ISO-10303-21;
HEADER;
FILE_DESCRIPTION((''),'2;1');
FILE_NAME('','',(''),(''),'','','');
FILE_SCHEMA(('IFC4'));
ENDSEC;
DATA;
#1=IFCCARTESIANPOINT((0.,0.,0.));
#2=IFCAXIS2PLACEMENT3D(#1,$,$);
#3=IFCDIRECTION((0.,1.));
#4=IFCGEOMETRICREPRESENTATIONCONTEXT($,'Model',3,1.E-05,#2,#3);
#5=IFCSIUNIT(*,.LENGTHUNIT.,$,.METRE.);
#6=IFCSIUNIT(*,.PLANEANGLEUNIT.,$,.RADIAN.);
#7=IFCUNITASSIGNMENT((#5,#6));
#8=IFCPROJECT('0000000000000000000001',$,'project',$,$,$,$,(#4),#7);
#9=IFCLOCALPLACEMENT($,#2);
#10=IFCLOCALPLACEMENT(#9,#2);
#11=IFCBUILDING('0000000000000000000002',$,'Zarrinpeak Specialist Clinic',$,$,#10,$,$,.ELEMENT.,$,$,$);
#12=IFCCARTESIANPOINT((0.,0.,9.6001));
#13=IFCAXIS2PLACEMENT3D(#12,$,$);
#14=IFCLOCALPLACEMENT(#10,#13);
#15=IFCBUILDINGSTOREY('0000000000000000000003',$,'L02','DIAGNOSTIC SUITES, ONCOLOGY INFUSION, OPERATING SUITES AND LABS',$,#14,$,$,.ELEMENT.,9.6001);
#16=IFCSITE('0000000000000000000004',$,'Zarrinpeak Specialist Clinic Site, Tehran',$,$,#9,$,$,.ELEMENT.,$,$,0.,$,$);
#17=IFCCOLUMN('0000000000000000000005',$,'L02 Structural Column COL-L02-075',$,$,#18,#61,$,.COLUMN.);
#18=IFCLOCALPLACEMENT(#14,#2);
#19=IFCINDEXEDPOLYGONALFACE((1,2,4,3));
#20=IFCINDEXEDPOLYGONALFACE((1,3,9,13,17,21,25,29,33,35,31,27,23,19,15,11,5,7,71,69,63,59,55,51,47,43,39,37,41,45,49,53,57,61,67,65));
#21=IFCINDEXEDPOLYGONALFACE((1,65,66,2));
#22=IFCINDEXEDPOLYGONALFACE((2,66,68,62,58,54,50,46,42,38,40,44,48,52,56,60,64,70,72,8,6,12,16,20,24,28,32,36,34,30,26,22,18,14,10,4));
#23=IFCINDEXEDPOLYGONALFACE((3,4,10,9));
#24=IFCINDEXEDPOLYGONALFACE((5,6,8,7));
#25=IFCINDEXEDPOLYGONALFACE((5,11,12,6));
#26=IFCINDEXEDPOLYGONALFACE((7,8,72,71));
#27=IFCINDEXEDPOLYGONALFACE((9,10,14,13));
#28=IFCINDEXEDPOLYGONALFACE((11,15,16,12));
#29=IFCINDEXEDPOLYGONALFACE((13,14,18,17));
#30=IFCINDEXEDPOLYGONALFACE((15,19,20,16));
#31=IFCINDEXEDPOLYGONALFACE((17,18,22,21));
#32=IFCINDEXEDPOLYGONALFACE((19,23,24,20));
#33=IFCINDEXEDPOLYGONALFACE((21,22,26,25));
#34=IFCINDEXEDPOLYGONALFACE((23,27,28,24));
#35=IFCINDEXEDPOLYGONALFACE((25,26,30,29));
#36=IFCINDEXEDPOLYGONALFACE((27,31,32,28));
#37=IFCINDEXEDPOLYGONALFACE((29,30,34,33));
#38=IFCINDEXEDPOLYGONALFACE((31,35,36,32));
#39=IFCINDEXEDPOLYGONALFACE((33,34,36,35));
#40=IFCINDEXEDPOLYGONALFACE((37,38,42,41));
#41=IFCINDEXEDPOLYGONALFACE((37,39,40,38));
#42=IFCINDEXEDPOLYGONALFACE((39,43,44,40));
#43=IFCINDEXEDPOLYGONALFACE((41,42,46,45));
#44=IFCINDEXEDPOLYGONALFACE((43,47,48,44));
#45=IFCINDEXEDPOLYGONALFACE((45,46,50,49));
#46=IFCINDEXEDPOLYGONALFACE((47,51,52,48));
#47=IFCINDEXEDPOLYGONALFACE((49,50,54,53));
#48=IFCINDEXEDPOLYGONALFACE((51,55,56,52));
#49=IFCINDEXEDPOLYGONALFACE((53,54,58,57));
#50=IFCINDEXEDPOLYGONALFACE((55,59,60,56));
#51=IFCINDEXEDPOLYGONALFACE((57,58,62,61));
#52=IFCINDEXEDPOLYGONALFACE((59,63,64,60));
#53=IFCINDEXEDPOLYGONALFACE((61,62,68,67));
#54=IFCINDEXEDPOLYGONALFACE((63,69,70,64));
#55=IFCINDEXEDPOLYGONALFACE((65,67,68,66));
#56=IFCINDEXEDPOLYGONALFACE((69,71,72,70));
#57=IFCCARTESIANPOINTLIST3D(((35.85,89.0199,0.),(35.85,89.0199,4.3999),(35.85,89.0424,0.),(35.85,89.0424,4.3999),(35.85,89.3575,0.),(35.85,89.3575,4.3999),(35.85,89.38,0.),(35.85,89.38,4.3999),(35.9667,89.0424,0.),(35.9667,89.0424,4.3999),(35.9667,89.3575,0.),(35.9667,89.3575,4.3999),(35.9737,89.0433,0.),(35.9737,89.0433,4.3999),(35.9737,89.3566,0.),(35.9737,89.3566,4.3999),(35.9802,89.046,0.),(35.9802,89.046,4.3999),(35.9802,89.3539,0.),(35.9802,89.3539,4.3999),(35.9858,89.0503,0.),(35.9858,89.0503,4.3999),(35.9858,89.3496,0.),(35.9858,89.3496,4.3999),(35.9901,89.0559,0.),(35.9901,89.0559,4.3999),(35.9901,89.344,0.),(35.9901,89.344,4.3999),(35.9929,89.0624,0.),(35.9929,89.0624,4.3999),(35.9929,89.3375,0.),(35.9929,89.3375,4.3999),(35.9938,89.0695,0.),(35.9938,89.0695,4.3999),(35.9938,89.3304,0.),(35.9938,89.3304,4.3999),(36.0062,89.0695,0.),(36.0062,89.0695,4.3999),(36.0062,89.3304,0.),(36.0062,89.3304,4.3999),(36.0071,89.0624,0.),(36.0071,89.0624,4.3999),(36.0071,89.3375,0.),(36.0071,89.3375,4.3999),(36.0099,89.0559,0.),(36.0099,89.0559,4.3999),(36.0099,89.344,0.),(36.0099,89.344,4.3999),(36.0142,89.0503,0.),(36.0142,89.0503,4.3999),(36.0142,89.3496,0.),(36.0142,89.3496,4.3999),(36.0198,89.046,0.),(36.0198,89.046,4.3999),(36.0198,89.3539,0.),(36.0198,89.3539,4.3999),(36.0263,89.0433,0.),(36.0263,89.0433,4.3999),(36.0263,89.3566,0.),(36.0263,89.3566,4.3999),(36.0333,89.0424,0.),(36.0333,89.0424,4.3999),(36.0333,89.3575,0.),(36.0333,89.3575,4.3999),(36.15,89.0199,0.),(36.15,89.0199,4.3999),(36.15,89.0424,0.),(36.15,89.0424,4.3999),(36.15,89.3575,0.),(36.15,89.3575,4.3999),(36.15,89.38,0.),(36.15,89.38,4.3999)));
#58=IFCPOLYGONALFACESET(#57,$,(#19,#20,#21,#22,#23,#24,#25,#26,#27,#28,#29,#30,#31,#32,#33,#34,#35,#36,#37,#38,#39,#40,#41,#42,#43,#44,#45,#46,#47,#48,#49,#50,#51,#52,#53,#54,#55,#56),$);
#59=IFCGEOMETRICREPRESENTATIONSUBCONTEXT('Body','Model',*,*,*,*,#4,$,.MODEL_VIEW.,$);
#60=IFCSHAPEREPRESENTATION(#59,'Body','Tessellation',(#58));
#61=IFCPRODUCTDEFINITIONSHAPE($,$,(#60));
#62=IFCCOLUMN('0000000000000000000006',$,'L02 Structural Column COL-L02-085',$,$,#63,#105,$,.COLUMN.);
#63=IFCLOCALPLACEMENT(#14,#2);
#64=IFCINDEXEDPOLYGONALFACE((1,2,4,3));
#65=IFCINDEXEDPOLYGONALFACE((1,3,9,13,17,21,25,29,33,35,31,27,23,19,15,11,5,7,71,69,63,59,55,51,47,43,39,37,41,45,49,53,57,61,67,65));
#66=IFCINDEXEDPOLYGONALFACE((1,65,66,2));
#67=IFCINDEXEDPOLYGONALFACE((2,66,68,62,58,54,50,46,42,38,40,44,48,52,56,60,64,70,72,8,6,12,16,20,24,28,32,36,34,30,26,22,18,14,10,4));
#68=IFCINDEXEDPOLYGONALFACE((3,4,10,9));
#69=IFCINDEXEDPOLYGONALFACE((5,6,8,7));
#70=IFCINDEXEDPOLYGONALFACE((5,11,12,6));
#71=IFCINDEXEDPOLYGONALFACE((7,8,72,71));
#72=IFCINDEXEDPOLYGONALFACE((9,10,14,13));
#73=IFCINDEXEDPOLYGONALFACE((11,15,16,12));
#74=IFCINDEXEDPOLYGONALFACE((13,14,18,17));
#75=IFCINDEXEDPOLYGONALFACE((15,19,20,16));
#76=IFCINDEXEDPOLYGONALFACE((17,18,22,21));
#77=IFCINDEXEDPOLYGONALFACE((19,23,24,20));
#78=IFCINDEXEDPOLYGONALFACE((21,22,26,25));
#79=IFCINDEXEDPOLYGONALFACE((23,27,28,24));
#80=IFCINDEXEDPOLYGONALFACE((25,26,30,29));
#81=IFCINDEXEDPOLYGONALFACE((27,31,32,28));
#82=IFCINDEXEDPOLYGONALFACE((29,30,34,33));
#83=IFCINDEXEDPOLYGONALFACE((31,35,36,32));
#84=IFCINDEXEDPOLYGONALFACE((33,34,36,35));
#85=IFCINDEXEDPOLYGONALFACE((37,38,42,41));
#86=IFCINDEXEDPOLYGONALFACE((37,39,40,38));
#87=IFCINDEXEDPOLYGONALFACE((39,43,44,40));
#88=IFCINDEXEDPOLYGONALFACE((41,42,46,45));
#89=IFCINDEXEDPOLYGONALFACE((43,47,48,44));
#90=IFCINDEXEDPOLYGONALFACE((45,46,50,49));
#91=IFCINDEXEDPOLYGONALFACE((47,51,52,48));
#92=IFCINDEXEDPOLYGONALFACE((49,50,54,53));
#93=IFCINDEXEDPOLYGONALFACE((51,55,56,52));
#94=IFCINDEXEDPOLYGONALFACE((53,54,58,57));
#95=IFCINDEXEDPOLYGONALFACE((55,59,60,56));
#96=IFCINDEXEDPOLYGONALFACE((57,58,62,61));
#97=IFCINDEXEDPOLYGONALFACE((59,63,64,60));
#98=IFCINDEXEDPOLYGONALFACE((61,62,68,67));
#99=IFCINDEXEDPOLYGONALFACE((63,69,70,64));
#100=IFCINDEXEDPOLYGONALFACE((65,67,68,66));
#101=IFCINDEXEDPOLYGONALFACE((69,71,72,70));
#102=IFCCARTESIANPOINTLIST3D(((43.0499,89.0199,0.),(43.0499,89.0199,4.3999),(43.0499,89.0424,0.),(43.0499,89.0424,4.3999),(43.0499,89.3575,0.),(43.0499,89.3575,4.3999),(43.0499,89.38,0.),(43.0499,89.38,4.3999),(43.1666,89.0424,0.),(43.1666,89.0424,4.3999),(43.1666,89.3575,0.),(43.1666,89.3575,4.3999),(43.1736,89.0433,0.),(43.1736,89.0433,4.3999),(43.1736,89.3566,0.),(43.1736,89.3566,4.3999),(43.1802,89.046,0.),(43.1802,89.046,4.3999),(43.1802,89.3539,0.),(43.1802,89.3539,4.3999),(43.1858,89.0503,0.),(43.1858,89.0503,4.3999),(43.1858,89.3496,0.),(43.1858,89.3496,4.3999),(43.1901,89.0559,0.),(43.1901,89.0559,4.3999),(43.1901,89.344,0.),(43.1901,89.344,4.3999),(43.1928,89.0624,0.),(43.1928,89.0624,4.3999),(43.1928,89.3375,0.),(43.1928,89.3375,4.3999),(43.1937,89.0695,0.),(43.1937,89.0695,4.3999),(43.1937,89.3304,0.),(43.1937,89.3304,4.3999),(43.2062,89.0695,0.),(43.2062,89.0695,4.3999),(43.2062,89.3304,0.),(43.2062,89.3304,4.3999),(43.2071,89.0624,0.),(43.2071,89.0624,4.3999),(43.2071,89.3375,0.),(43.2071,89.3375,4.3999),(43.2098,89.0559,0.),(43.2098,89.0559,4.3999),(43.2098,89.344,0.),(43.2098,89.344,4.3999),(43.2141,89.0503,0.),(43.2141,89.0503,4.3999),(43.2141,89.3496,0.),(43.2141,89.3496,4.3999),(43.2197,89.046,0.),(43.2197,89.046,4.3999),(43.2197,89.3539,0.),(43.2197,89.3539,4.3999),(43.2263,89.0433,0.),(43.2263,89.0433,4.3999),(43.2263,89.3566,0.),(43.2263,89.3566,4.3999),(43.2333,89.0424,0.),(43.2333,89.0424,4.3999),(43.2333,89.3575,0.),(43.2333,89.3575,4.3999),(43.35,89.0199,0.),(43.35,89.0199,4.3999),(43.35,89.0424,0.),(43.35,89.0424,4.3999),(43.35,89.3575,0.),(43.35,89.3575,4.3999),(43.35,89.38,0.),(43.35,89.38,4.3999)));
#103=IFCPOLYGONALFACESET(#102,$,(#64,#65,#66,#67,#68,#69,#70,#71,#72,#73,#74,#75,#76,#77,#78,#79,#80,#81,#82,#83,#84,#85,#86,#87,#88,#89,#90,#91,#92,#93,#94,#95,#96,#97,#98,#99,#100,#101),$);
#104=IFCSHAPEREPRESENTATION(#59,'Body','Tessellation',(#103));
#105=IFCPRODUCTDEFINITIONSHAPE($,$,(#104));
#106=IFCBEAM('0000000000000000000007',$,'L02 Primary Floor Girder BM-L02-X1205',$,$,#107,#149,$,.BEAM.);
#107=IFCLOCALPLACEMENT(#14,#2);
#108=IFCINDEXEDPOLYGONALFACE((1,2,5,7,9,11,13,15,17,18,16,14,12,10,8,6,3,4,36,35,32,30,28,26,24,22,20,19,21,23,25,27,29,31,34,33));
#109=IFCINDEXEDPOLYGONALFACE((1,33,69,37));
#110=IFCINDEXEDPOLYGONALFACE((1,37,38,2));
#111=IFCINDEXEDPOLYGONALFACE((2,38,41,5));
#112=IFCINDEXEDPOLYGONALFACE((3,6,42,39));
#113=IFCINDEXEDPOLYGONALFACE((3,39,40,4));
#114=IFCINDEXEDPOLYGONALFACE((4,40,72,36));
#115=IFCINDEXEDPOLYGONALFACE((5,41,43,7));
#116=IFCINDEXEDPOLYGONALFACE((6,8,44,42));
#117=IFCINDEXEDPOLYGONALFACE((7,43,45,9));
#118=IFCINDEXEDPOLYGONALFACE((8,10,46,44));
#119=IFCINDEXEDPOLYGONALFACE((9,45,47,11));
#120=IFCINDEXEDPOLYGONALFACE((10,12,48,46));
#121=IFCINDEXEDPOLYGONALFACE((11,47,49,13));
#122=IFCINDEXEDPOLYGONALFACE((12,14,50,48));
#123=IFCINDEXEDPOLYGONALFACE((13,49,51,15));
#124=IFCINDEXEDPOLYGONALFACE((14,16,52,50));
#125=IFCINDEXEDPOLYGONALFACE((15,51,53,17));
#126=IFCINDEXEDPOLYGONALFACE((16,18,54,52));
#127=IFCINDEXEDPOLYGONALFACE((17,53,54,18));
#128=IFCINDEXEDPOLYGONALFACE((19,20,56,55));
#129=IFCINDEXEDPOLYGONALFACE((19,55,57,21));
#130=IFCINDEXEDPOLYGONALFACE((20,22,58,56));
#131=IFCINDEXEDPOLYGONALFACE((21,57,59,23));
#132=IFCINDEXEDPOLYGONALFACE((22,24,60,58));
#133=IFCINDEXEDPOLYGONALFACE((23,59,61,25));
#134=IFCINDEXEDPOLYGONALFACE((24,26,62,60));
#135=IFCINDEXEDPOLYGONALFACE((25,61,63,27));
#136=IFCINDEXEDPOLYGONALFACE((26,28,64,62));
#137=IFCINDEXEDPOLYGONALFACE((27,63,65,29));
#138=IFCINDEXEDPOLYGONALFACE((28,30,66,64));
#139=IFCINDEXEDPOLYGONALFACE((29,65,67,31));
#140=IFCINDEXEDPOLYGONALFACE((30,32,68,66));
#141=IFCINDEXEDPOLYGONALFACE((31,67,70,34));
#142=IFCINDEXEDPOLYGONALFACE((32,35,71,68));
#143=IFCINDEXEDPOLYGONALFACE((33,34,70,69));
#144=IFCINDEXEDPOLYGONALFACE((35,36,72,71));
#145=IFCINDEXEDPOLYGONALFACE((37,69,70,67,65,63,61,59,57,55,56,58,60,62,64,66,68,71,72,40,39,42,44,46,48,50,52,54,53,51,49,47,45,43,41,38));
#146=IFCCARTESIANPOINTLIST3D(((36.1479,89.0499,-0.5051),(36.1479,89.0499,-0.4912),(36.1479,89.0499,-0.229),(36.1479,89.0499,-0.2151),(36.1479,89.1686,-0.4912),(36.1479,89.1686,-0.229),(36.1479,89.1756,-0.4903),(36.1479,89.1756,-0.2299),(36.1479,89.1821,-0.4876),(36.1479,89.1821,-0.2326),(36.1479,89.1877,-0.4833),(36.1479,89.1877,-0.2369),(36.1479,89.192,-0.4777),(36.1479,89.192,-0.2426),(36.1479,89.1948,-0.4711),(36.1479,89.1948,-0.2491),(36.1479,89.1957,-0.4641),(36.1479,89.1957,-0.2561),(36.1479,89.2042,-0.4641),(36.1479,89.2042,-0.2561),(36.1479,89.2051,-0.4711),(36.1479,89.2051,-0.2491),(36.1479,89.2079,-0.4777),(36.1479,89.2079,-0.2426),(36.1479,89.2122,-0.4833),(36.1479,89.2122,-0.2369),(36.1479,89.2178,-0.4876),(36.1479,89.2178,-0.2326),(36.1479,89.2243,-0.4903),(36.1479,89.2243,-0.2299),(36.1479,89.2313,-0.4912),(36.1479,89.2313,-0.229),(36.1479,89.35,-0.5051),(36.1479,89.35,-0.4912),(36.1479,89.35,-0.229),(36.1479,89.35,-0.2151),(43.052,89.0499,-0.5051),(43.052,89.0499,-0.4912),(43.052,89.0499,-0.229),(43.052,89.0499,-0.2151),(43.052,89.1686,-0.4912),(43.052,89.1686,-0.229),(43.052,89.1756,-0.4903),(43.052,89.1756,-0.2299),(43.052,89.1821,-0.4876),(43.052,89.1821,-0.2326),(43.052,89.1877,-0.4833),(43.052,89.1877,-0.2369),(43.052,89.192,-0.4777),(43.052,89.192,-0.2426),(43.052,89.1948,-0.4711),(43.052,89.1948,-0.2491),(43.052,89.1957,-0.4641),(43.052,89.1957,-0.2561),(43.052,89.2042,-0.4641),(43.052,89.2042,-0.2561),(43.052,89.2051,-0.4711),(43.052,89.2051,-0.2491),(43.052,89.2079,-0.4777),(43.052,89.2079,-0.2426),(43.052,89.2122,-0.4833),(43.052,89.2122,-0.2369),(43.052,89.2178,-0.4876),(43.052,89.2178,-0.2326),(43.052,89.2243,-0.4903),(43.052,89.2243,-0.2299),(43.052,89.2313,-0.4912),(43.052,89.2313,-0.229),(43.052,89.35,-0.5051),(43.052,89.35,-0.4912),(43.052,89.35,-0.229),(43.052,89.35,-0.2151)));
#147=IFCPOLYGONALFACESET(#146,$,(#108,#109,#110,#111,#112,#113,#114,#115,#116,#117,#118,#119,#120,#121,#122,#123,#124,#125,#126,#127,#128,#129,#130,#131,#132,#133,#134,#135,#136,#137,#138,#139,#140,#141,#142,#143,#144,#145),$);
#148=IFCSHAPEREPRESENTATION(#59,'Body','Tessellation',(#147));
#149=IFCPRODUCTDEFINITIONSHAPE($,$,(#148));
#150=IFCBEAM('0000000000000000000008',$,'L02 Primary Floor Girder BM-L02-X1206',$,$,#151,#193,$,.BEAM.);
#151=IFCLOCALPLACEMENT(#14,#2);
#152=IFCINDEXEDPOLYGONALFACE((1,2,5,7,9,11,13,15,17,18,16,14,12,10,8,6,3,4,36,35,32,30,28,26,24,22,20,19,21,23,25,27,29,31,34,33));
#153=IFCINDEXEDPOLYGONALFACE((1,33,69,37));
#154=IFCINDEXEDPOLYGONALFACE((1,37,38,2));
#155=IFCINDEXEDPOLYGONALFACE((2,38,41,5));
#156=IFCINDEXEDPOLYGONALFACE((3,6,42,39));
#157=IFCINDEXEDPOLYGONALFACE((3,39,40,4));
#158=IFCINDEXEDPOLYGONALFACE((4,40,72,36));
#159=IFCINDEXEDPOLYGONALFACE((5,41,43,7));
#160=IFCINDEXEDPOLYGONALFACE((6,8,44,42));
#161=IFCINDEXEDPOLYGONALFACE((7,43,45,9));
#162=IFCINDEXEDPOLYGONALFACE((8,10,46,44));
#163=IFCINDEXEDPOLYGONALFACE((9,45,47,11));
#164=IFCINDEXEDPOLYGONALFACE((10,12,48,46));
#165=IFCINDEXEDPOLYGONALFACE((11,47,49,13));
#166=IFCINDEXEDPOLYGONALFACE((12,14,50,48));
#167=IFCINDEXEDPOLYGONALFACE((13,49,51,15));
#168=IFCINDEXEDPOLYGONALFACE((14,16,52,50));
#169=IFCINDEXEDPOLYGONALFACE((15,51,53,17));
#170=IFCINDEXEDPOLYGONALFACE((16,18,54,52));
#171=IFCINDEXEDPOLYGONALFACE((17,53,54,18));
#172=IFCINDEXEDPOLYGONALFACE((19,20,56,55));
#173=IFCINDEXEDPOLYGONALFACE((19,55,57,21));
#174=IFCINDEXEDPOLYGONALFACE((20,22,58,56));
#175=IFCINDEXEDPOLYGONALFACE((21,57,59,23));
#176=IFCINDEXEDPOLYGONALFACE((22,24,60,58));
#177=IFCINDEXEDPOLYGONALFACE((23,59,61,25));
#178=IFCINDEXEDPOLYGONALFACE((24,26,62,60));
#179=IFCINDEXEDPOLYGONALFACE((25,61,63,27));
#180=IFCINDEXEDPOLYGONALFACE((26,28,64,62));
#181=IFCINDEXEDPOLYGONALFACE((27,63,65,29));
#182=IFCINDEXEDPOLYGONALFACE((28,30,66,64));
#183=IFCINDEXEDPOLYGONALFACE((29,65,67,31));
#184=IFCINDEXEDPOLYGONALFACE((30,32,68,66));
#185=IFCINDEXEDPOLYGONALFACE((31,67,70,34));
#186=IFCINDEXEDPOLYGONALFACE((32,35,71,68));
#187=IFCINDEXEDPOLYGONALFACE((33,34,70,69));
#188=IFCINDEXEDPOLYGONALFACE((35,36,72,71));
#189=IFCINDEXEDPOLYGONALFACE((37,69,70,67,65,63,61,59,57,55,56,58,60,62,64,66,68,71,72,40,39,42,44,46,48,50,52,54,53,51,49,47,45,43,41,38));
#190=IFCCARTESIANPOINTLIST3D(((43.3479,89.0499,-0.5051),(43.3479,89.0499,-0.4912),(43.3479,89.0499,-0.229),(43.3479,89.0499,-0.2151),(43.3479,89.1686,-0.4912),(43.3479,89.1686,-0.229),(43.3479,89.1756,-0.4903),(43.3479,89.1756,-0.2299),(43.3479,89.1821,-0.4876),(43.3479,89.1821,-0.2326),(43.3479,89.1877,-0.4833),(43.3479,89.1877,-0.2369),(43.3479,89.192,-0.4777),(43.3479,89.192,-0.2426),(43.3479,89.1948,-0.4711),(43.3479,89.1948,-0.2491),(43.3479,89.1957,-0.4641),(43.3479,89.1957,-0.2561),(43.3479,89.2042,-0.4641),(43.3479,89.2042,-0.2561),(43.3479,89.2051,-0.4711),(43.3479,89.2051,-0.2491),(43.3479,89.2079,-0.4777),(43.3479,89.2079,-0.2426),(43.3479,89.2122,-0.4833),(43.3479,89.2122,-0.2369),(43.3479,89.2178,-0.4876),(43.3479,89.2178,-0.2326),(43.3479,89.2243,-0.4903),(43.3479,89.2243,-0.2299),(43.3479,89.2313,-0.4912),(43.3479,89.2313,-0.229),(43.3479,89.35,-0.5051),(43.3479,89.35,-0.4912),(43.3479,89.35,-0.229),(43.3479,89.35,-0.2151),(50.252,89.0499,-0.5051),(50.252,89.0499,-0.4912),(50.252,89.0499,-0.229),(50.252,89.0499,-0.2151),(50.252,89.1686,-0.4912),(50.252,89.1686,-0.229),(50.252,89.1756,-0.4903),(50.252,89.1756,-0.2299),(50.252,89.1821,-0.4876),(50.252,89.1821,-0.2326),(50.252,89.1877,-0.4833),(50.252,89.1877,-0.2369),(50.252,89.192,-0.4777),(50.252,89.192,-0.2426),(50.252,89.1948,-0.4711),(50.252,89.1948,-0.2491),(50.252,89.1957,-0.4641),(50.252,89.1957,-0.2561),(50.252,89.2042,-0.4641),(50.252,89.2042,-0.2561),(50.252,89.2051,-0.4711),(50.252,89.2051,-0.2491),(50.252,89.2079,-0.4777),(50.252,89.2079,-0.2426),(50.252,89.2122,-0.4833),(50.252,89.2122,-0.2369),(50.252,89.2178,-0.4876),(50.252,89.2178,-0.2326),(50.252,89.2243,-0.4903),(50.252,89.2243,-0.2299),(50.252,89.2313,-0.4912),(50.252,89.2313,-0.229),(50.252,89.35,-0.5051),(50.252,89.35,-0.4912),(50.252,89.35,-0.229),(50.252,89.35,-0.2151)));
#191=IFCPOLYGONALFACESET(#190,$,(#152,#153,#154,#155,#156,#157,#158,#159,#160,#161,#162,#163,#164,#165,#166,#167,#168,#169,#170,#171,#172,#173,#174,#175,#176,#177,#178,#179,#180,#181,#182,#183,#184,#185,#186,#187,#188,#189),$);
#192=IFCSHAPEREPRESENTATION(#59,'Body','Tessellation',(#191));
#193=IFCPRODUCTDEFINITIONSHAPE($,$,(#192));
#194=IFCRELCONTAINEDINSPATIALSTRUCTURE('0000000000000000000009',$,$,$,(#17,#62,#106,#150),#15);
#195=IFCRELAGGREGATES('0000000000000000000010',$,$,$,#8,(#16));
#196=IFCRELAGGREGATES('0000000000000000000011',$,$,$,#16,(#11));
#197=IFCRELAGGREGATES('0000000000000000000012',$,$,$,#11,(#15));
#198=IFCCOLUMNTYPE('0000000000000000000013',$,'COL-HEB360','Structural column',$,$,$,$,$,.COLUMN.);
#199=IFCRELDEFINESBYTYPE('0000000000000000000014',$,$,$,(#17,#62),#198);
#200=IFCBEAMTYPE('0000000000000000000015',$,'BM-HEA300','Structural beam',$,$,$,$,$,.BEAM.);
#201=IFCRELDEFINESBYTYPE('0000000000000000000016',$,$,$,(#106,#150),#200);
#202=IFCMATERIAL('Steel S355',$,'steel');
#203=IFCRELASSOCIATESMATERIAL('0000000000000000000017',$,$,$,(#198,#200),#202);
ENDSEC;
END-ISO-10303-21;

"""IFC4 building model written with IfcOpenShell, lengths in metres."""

from ifc_helpers import new_model, si_unit, direction, frame, origin, origin_2d, place, context, subcontext, project, spatial, i_section, extrude, material, material_profile, profile_set, type_object, element, save


model = new_model("IFC4")

# Units and contexts
model_context = context("Model", 3, precision=1e-05, world=origin(), true_north=direction((0.0, 1.0)))
body_context = subcontext(model_context, "Body", "Model", "MODEL_VIEW")
ifc_project = project(units=[si_unit("LENGTHUNIT", "METRE"), si_unit("PLANEANGLEUNIT", "RADIAN")], contexts=[model_context])

# Site, building, storey
site_placement = place(None, origin())
site = spatial("IfcSite", under=ifc_project, at=site_placement, Name="Zarrinpeak Specialist Clinic Site, Tehran", CompositionType="ELEMENT", RefElevation=0.0)
building_placement = place(site_placement, origin())
building = spatial("IfcBuilding", under=site, at=building_placement, Name="Zarrinpeak Specialist Clinic", CompositionType="ELEMENT")
storey_placement = place(building_placement, frame((0.0, 0.0, 9.6001)))
storey = spatial("IfcBuildingStorey", under=building, at=storey_placement, Name="L02", Description="DIAGNOSTIC SUITES, ONCOLOGY INFUSION, OPERATING SUITES AND LABS", CompositionType="ELEMENT", Elevation=9.6001)

# Columns
ifc_material_1 = material(Name="Steel S355", Category="steel")
ifc_material_profile_1 = material_profile(ifc_material_1, i_section(OverallWidth=0.3, OverallDepth=0.3601, WebThickness=0.0125, FlangeThickness=0.0225, FilletRadius=0.0271, at=origin_2d()), Name="HEB 360")
ifc_profile_set_1 = profile_set([ifc_material_profile_1], Name="Steel S355")
column_type = type_object("IfcColumnType", Name="COL-HEB360", Description="Structural column", PredefinedType="COLUMN", material=ifc_profile_set_1)
for number, where, z_axis, x_axis, name in (
    (1, (36.0, 89.2, 0.0), (0.0, 0.0, 1.0), (1.0, 0.0, 0.0), "L02 Structural Column COL-L02-075"),
    (2, (43.2, 89.2, 0.0), (0.0, 0.0, 1.0), (1.0, 0.0, 0.0), "L02 Structural Column COL-L02-085"),
):
    element("IfcColumn", number, at=place(storey_placement, frame(where, z_axis=z_axis, x_axis=x_axis)), inside=storey, type_object=column_type, Name=name, PredefinedType="COLUMN", context=body_context, shape_type="SweptSolid", body=[
        extrude(i_section(OverallWidth=0.3, OverallDepth=0.3601, WebThickness=0.0125, FlangeThickness=0.0225, FilletRadius=0.0271, at=origin_2d()), origin(), (0.0, 0.0, 1.0), 4.3999),
    ])

# Beams
ifc_material_profile_2 = material_profile(ifc_material_1, i_section(OverallWidth=0.3, OverallDepth=0.29, WebThickness=0.0085, FlangeThickness=0.0139, FilletRadius=0.0271, at=origin_2d()), Name="HEA 300")
ifc_profile_set_2 = profile_set([ifc_material_profile_2], Name="Steel S355")
beam_type_1 = type_object("IfcBeamType", Name="BM-HEA300", Description="Structural beam", PredefinedType="BEAM", material=ifc_profile_set_2)
for number, where, z_axis, x_axis, name in (
    (3, (36.1479, 89.2, -0.3601), (1.0, 0.0, 0.0), (0.0, 1.0, 0.0), "L02 Primary Floor Girder BM-L02-X1205"),
    (4, (43.3479, 89.2, -0.3601), (1.0, 0.0, 0.0), (0.0, 1.0, 0.0), "L02 Primary Floor Girder BM-L02-X1206"),
):
    element("IfcBeam", number, at=place(storey_placement, frame(where, z_axis=z_axis, x_axis=x_axis)), inside=storey, type_object=beam_type_1, Name=name, PredefinedType="BEAM", context=body_context, shape_type="SweptSolid", body=[
        extrude(i_section(OverallWidth=0.3, OverallDepth=0.29, WebThickness=0.0085, FlangeThickness=0.0139, FilletRadius=0.0271, at=origin_2d()), origin(), (0.0, 0.0, 1.0), 6.9041),
    ])

save(model, "model.ifc")
